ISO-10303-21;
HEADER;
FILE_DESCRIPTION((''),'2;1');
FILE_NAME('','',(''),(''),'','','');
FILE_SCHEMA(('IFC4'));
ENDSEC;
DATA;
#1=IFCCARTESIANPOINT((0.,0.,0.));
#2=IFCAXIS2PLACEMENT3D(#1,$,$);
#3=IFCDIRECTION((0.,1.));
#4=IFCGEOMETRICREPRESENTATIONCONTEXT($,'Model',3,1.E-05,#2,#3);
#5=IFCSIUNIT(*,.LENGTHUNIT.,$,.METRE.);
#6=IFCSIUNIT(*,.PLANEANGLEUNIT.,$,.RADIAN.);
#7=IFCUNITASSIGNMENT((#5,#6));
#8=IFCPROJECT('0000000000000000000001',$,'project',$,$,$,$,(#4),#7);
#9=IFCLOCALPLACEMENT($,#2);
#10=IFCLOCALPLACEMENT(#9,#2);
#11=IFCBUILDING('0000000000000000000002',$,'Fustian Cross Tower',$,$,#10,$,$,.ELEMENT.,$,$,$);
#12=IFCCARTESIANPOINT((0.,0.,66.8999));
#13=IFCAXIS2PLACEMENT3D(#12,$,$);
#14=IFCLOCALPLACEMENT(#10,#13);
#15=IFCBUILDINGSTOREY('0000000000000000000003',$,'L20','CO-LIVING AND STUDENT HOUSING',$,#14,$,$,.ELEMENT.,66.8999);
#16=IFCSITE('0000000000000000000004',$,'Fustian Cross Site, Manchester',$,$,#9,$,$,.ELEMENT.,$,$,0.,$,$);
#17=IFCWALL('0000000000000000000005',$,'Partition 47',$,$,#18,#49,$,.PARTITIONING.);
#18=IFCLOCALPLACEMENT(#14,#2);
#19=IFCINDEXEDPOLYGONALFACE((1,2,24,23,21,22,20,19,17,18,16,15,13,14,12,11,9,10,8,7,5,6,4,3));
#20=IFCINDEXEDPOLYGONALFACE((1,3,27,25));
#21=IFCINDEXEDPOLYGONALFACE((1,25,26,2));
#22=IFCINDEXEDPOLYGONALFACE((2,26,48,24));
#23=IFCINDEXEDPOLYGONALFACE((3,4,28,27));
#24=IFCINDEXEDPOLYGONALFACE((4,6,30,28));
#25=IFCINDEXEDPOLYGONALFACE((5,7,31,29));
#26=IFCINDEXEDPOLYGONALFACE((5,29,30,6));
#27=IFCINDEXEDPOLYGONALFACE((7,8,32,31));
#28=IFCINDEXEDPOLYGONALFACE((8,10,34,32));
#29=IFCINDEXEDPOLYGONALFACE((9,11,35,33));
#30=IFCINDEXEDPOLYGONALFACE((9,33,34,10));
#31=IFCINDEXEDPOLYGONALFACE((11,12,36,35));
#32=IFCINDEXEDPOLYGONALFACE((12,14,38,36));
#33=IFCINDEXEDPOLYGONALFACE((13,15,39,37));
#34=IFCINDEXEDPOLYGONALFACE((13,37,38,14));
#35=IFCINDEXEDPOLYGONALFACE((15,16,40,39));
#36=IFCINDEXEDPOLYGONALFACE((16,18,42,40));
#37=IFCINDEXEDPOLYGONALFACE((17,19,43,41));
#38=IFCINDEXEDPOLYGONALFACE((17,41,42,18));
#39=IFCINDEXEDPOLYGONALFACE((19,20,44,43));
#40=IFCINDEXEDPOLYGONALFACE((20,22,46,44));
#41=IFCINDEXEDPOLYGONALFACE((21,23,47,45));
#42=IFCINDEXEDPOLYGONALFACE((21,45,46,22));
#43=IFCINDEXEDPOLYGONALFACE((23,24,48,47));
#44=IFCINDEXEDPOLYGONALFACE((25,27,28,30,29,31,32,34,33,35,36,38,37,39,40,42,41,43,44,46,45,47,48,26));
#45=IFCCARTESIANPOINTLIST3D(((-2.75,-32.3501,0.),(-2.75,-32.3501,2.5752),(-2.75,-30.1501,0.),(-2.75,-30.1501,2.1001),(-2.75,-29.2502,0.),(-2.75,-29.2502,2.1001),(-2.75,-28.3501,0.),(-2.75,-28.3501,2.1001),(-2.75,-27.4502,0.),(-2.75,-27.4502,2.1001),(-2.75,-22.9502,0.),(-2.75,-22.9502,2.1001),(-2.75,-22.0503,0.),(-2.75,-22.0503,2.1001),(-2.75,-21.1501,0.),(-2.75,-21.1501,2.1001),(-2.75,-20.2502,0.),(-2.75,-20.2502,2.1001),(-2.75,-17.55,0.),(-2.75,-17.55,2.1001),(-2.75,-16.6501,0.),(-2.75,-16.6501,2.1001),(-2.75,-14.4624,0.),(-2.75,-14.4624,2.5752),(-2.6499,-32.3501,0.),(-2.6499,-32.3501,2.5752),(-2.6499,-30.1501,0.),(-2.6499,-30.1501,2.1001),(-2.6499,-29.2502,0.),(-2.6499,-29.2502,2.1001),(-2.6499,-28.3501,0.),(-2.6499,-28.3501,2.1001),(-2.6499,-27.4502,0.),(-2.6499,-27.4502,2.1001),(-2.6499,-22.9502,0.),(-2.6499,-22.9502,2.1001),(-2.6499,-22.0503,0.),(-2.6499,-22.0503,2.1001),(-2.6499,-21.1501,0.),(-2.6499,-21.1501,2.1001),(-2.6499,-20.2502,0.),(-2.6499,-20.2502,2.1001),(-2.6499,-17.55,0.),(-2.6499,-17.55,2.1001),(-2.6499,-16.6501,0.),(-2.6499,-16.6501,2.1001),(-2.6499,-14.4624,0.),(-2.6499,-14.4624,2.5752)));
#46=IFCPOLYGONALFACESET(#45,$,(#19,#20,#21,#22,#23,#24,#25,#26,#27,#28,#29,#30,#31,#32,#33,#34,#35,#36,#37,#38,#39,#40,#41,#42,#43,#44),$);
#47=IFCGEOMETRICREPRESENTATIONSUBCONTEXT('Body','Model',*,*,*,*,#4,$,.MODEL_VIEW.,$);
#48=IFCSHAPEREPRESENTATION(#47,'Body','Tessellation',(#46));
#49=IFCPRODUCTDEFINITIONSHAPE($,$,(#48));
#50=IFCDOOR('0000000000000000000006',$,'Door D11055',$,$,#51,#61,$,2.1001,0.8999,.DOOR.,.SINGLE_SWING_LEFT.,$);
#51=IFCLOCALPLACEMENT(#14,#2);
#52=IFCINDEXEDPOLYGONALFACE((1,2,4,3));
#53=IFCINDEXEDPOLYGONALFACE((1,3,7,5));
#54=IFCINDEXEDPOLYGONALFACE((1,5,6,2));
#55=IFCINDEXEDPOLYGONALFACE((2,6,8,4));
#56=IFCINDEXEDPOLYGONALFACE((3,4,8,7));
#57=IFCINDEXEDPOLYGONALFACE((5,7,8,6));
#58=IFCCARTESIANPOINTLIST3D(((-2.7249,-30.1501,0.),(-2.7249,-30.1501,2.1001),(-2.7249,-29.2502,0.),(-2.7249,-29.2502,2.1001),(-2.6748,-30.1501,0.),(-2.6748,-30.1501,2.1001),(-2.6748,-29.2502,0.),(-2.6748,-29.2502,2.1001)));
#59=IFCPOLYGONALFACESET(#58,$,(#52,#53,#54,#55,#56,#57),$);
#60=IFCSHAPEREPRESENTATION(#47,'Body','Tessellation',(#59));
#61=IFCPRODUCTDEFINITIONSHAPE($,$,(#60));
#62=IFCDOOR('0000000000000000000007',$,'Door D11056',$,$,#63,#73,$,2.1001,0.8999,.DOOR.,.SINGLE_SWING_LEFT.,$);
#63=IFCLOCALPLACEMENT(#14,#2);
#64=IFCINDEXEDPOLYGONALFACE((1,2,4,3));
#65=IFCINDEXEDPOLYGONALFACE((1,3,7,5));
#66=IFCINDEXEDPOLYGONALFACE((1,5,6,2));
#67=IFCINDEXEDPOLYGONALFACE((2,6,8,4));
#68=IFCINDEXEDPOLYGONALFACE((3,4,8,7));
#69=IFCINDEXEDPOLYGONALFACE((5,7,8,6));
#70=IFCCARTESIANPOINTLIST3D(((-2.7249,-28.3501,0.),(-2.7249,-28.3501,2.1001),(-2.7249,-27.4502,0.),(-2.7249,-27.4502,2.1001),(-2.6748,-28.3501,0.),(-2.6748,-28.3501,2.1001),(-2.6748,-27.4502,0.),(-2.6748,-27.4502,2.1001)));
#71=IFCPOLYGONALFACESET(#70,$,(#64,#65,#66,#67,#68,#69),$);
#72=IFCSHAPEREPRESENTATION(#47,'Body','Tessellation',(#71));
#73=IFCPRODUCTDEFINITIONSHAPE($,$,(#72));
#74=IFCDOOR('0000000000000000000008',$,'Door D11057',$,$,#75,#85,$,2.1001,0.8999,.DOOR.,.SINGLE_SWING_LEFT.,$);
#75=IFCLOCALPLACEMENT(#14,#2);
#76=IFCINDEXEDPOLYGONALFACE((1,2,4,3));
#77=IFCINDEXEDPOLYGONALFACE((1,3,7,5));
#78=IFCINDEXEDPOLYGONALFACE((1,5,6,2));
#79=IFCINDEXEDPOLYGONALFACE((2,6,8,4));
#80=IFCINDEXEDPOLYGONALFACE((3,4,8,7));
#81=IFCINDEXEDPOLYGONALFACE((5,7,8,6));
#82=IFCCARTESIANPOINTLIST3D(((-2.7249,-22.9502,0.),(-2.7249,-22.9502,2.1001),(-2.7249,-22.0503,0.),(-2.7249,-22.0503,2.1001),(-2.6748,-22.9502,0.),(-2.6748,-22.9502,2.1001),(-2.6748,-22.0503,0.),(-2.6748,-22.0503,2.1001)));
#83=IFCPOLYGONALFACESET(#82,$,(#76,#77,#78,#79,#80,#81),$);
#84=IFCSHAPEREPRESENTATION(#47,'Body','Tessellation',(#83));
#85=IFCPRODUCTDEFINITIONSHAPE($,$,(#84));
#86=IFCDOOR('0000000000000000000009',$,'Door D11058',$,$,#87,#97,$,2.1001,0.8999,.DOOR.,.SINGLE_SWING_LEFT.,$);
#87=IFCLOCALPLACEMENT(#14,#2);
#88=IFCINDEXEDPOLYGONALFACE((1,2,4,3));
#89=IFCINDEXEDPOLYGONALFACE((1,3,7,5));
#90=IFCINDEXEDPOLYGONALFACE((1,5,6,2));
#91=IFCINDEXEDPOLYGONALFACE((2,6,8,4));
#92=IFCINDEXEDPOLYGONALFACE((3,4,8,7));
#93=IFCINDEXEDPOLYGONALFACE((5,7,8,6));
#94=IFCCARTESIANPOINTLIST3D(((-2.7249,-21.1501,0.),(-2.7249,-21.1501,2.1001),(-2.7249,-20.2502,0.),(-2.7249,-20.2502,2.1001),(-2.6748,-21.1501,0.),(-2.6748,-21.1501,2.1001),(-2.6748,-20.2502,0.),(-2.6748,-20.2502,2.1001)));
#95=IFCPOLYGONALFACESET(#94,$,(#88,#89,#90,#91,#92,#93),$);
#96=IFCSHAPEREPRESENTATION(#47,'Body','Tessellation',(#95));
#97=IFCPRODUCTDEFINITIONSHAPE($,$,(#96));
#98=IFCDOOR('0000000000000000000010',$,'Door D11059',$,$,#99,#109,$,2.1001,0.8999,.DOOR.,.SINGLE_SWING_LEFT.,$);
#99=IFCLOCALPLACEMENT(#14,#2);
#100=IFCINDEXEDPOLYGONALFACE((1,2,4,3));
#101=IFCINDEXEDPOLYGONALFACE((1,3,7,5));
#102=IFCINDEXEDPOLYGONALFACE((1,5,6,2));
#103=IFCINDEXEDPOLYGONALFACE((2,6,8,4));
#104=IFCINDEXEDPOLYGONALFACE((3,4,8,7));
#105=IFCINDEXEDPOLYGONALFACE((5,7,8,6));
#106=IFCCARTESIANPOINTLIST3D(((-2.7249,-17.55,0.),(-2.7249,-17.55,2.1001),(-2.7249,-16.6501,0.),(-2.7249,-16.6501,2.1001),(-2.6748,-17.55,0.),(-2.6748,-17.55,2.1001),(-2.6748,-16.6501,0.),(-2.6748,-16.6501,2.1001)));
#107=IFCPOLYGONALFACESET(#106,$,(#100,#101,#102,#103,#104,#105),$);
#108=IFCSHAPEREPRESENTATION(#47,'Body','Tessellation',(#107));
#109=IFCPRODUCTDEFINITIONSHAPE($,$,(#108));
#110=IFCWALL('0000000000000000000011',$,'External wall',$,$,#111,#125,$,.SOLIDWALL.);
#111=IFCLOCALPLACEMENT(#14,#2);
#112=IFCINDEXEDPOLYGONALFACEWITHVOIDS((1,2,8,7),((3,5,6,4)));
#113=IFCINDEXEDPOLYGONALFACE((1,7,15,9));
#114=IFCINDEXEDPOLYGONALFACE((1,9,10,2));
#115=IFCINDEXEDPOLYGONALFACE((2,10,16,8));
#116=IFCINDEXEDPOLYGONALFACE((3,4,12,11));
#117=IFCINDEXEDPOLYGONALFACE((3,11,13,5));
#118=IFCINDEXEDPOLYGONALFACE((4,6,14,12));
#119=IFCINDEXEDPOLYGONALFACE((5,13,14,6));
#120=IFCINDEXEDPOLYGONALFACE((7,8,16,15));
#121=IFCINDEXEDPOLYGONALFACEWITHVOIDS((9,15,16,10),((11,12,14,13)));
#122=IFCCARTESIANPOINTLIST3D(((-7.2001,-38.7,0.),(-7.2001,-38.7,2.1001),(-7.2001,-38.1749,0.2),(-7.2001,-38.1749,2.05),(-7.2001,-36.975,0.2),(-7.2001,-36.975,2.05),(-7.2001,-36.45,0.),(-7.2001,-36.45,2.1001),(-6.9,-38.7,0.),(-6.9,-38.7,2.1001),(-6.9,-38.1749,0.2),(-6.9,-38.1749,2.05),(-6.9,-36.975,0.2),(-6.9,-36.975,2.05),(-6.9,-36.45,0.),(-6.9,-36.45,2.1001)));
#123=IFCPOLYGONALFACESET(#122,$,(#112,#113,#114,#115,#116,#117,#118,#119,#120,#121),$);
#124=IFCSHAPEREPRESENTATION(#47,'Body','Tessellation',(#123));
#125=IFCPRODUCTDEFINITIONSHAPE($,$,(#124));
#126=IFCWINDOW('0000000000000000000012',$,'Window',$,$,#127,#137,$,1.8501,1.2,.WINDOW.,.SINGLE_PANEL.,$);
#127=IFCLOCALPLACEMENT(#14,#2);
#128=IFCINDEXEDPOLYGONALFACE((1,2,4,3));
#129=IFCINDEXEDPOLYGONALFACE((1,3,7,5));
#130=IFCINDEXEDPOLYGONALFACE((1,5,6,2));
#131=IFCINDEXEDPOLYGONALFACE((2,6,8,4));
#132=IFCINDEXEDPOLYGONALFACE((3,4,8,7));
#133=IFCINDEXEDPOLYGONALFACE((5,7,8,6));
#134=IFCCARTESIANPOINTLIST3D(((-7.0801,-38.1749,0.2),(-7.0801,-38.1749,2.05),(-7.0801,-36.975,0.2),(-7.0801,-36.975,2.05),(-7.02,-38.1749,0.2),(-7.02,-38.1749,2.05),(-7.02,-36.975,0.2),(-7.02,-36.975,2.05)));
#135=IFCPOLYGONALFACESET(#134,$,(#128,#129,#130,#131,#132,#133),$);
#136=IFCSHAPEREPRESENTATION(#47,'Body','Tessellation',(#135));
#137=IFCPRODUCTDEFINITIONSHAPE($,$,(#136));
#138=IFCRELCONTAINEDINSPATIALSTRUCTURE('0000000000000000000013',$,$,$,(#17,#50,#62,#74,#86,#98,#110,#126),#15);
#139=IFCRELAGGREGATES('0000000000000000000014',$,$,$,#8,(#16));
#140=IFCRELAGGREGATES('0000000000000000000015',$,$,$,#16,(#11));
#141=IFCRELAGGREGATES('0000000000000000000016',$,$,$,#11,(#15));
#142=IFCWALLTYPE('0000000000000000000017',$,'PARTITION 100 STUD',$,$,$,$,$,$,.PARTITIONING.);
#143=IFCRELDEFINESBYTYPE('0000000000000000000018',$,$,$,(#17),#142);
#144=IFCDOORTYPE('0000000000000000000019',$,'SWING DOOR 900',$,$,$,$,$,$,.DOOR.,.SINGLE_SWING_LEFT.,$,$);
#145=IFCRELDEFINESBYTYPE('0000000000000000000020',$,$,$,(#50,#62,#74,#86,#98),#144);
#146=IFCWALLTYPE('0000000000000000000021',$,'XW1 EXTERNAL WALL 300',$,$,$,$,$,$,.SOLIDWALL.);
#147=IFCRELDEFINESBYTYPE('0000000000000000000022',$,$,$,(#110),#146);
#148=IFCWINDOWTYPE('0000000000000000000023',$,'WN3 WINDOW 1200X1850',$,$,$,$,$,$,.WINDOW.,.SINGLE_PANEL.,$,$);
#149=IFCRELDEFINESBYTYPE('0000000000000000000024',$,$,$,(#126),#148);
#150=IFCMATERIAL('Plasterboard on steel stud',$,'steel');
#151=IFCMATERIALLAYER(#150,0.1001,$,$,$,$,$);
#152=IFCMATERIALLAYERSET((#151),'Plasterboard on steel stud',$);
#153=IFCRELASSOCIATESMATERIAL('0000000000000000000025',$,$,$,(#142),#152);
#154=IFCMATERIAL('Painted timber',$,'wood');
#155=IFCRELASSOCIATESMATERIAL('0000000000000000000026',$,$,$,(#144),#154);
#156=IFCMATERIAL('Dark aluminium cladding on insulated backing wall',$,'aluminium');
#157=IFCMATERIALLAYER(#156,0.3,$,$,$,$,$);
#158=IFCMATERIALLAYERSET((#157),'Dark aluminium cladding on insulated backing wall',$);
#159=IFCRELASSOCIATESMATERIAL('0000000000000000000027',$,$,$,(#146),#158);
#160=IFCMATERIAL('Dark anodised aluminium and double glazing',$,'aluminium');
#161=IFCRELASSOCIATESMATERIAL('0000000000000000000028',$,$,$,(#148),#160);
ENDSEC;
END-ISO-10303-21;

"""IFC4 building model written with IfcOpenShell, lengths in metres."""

from ifc_helpers import new_model, si_unit, direction, frame, frame_2d, origin, place, context, subcontext, project, spatial, rectangle, extrude, material, layer, layer_set, type_object, element, fill, save


model = new_model("IFC4")

# Units and contexts
model_context = context("Model", 3, precision=1e-05, world=origin(), true_north=direction((0.0, 1.0)))
body_context = subcontext(model_context, "Body", "Model", "MODEL_VIEW")
ifc_project = project(units=[si_unit("LENGTHUNIT", "METRE"), si_unit("PLANEANGLEUNIT", "RADIAN")], contexts=[model_context])

# Site, building, storey
site_placement = place(None, origin())
site = spatial("IfcSite", under=ifc_project, at=site_placement, Name="Fustian Cross Site, Manchester", CompositionType="ELEMENT", RefElevation=0.0)
building_placement = place(site_placement, origin())
building = spatial("IfcBuilding", under=site, at=building_placement, Name="Fustian Cross Tower", CompositionType="ELEMENT")
storey_placement = place(building_placement, frame((0.0, 0.0, 66.8999)))
storey = spatial("IfcBuildingStorey", under=building, at=storey_placement, Name="L20", Description="CO-LIVING AND STUDENT HOUSING", CompositionType="ELEMENT", Elevation=66.8999)

# Shared definitions
ifc_material_1 = material(Name="Plasterboard on steel stud", Category="steel")
ifc_layer_1 = layer(ifc_material_1, 0.1001)
ifc_layer_set_1 = layer_set([ifc_layer_1], Name="Plasterboard on steel stud")
wall_type_1 = type_object("IfcWallType", Name="PARTITION 100 STUD", PredefinedType="PARTITIONING", material=ifc_layer_set_1)

# Shared definitions
ifc_material_2 = material(Name="Painted timber", Category="wood")
door_type_1 = type_object("IfcDoorType", Name="SWING DOOR 900", OperationType="SINGLE_SWING_LEFT", PredefinedType="DOOR", material=ifc_material_2)

# Wall, openings, doors
wall_1_placement = place(storey_placement, frame((-2.7, -32.3501, 0.0), z_axis=(0.0, 0.0, 1.0), x_axis=(0.0, 1.0, 0.0)))
wall_1 = element("IfcWall", 1, at=wall_1_placement, inside=storey, type_object=wall_type_1, Name="Partition 47", PredefinedType="PARTITIONING", context=body_context, shape_type="SweptSolid", body=[
    extrude(rectangle(XDim=17.8877, YDim=0.1001, at=frame_2d((8.9438, 0.0))), origin(), (0.0, 0.0, 1.0), 2.5752),
])
opening_1_placement = place(wall_1_placement, frame((2.2, 0.0, 0.0)))
opening_1 = element("IfcOpeningElement", 2, at=opening_1_placement, cuts=wall_1, PredefinedType="OPENING", context=body_context, shape_type="SweptSolid", body=[
    extrude(rectangle(XDim=0.8999, YDim=2.1001, at=frame_2d((0.45, 1.05))), frame((0.0, 0.0601, 0.0), z_axis=(0.0, -1.0, 0.0), x_axis=(1.0, 0.0, 0.0)), (0.0, 0.0, 1.0), 0.1201),
])
opening_2_placement = place(wall_1_placement, frame((4.0, 0.0, 0.0)))
opening_2 = element("IfcOpeningElement", 3, at=opening_2_placement, cuts=wall_1, PredefinedType="OPENING", context=body_context, shape_type="SweptSolid", body=[
    extrude(rectangle(XDim=0.8999, YDim=2.1001, at=frame_2d((0.45, 1.05))), frame((0.0, 0.0601, 0.0), z_axis=(0.0, -1.0, 0.0), x_axis=(1.0, 0.0, 0.0)), (0.0, 0.0, 1.0), 0.1201),
])
opening_3_placement = place(wall_1_placement, frame((9.3999, 0.0, 0.0)))
opening_3 = element("IfcOpeningElement", 4, at=opening_3_placement, cuts=wall_1, PredefinedType="OPENING", context=body_context, shape_type="SweptSolid", body=[
    extrude(rectangle(XDim=0.8999, YDim=2.1001, at=frame_2d((0.45, 1.05))), frame((0.0, 0.0601, 0.0), z_axis=(0.0, -1.0, 0.0), x_axis=(1.0, 0.0, 0.0)), (0.0, 0.0, 1.0), 0.1201),
])
opening_4_placement = place(wall_1_placement, frame((11.2, 0.0, 0.0)))
opening_4 = element("IfcOpeningElement", 5, at=opening_4_placement, cuts=wall_1, PredefinedType="OPENING", context=body_context, shape_type="SweptSolid", body=[
    extrude(rectangle(XDim=0.8999, YDim=2.1001, at=frame_2d((0.45, 1.05))), frame((0.0, 0.0601, 0.0), z_axis=(0.0, -1.0, 0.0), x_axis=(1.0, 0.0, 0.0)), (0.0, 0.0, 1.0), 0.1201),
])
opening_5_placement = place(wall_1_placement, frame((14.8, 0.0, 0.0)))
opening_5 = element("IfcOpeningElement", 6, at=opening_5_placement, cuts=wall_1, PredefinedType="OPENING", context=body_context, shape_type="SweptSolid", body=[
    extrude(rectangle(XDim=0.8999, YDim=2.1001, at=frame_2d((0.45, 1.05))), frame((0.0, 0.0601, 0.0), z_axis=(0.0, -1.0, 0.0), x_axis=(1.0, 0.0, 0.0)), (0.0, 0.0, 1.0), 0.1201),
])
door_1_placement = place(opening_1_placement, origin())
door_1 = element("IfcDoor", 7, at=door_1_placement, inside=storey, type_object=door_type_1, Name="Door D11055", OperationType="SINGLE_SWING_LEFT", OverallHeight=2.1001, OverallWidth=0.8999, PredefinedType="DOOR", context=body_context, shape_type="SweptSolid", body=[
    extrude(rectangle(XDim=0.8999, YDim=2.1001, at=frame_2d((0.45, 1.05))), frame((0.0, 0.0249, 0.0), z_axis=(0.0, -1.0, 0.0), x_axis=(1.0, 0.0, 0.0)), (0.0, 0.0, 1.0), 0.05),
])
fill(opening_1, door_1)
door_2_placement = place(opening_2_placement, origin())
door_2 = element("IfcDoor", 8, at=door_2_placement, inside=storey, type_object=door_type_1, Name="Door D11056", OperationType="SINGLE_SWING_LEFT", OverallHeight=2.1001, OverallWidth=0.8999, PredefinedType="DOOR", context=body_context, shape_type="SweptSolid", body=[
    extrude(rectangle(XDim=0.8999, YDim=2.1001, at=frame_2d((0.45, 1.05))), frame((0.0, 0.0249, 0.0), z_axis=(0.0, -1.0, 0.0), x_axis=(1.0, 0.0, 0.0)), (0.0, 0.0, 1.0), 0.05),
])
fill(opening_2, door_2)
door_3_placement = place(opening_3_placement, origin())
door_3 = element("IfcDoor", 9, at=door_3_placement, inside=storey, type_object=door_type_1, Name="Door D11057", OperationType="SINGLE_SWING_LEFT", OverallHeight=2.1001, OverallWidth=0.8999, PredefinedType="DOOR", context=body_context, shape_type="SweptSolid", body=[
    extrude(rectangle(XDim=0.8999, YDim=2.1001, at=frame_2d((0.45, 1.05))), frame((0.0, 0.0249, 0.0), z_axis=(0.0, -1.0, 0.0), x_axis=(1.0, 0.0, 0.0)), (0.0, 0.0, 1.0), 0.05),
])
fill(opening_3, door_3)
door_4_placement = place(opening_4_placement, origin())
door_4 = element("IfcDoor", 10, at=door_4_placement, inside=storey, type_object=door_type_1, Name="Door D11058", OperationType="SINGLE_SWING_LEFT", OverallHeight=2.1001, OverallWidth=0.8999, PredefinedType="DOOR", context=body_context, shape_type="SweptSolid", body=[
    extrude(rectangle(XDim=0.8999, YDim=2.1001, at=frame_2d((0.45, 1.05))), frame((0.0, 0.0249, 0.0), z_axis=(0.0, -1.0, 0.0), x_axis=(1.0, 0.0, 0.0)), (0.0, 0.0, 1.0), 0.05),
])
fill(opening_4, door_4)
door_5_placement = place(opening_5_placement, origin())
door_5 = element("IfcDoor", 11, at=door_5_placement, inside=storey, type_object=door_type_1, Name="Door D11059", OperationType="SINGLE_SWING_LEFT", OverallHeight=2.1001, OverallWidth=0.8999, PredefinedType="DOOR", context=body_context, shape_type="SweptSolid", body=[
    extrude(rectangle(XDim=0.8999, YDim=2.1001, at=frame_2d((0.45, 1.05))), frame((0.0, 0.0249, 0.0), z_axis=(0.0, -1.0, 0.0), x_axis=(1.0, 0.0, 0.0)), (0.0, 0.0, 1.0), 0.05),
])
fill(opening_5, door_5)

# Wall, opening, window
ifc_material_3 = material(Name="Dark aluminium cladding on insulated backing wall", Category="aluminium")
ifc_layer_2 = layer(ifc_material_3, 0.3)
ifc_layer_set_2 = layer_set([ifc_layer_2], Name="Dark aluminium cladding on insulated backing wall")
wall_type_2 = type_object("IfcWallType", Name="XW1 EXTERNAL WALL 300", PredefinedType="SOLIDWALL", material=ifc_layer_set_2)
wall_2_placement = place(storey_placement, frame((-7.05, -36.45, 0.0), z_axis=(0.0, 0.0, 1.0), x_axis=(0.0, -1.0, 0.0)))
wall_2 = element("IfcWall", 12, at=wall_2_placement, inside=storey, type_object=wall_type_2, Name="External wall", PredefinedType="SOLIDWALL", context=body_context, shape_type="SweptSolid", body=[
    extrude(rectangle(XDim=2.25, YDim=0.3, at=frame_2d((1.125, 0.0))), origin(), (0.0, 0.0, 1.0), 2.1001),
])
opening_6_placement = place(wall_2_placement, frame((0.5249, 0.0, 0.2)))
opening_6 = element("IfcOpeningElement", 13, at=opening_6_placement, cuts=wall_2, PredefinedType="OPENING", context=body_context, shape_type="SweptSolid", body=[
    extrude(rectangle(XDim=1.2, YDim=1.8501, at=frame_2d((0.6001, 0.925))), frame((0.0, 0.1599, 0.0), z_axis=(0.0, -1.0, 0.0), x_axis=(1.0, 0.0, 0.0)), (0.0, 0.0, 1.0), 0.3201),
])
ifc_material_4 = material(Name="Dark anodised aluminium and double glazing", Category="aluminium")
window_type = type_object("IfcWindowType", Name="WN3 WINDOW 1200X1850", PartitioningType="SINGLE_PANEL", PredefinedType="WINDOW", material=ifc_material_4)
window_placement = place(opening_6_placement, origin())
window = element("IfcWindow", 14, at=window_placement, inside=storey, type_object=window_type, Name="Window", OverallHeight=1.8501, OverallWidth=1.2, PartitioningType="SINGLE_PANEL", PredefinedType="WINDOW", context=body_context, shape_type="SweptSolid", body=[
    extrude(rectangle(XDim=1.2, YDim=1.8501, at=frame_2d((0.6001, 0.925))), frame((0.0, 0.03, 0.0), z_axis=(0.0, -1.0, 0.0), x_axis=(1.0, 0.0, 0.0)), (0.0, 0.0, 1.0), 0.0601),
])
fill(opening_6, window)

save(model, "model.ifc")
